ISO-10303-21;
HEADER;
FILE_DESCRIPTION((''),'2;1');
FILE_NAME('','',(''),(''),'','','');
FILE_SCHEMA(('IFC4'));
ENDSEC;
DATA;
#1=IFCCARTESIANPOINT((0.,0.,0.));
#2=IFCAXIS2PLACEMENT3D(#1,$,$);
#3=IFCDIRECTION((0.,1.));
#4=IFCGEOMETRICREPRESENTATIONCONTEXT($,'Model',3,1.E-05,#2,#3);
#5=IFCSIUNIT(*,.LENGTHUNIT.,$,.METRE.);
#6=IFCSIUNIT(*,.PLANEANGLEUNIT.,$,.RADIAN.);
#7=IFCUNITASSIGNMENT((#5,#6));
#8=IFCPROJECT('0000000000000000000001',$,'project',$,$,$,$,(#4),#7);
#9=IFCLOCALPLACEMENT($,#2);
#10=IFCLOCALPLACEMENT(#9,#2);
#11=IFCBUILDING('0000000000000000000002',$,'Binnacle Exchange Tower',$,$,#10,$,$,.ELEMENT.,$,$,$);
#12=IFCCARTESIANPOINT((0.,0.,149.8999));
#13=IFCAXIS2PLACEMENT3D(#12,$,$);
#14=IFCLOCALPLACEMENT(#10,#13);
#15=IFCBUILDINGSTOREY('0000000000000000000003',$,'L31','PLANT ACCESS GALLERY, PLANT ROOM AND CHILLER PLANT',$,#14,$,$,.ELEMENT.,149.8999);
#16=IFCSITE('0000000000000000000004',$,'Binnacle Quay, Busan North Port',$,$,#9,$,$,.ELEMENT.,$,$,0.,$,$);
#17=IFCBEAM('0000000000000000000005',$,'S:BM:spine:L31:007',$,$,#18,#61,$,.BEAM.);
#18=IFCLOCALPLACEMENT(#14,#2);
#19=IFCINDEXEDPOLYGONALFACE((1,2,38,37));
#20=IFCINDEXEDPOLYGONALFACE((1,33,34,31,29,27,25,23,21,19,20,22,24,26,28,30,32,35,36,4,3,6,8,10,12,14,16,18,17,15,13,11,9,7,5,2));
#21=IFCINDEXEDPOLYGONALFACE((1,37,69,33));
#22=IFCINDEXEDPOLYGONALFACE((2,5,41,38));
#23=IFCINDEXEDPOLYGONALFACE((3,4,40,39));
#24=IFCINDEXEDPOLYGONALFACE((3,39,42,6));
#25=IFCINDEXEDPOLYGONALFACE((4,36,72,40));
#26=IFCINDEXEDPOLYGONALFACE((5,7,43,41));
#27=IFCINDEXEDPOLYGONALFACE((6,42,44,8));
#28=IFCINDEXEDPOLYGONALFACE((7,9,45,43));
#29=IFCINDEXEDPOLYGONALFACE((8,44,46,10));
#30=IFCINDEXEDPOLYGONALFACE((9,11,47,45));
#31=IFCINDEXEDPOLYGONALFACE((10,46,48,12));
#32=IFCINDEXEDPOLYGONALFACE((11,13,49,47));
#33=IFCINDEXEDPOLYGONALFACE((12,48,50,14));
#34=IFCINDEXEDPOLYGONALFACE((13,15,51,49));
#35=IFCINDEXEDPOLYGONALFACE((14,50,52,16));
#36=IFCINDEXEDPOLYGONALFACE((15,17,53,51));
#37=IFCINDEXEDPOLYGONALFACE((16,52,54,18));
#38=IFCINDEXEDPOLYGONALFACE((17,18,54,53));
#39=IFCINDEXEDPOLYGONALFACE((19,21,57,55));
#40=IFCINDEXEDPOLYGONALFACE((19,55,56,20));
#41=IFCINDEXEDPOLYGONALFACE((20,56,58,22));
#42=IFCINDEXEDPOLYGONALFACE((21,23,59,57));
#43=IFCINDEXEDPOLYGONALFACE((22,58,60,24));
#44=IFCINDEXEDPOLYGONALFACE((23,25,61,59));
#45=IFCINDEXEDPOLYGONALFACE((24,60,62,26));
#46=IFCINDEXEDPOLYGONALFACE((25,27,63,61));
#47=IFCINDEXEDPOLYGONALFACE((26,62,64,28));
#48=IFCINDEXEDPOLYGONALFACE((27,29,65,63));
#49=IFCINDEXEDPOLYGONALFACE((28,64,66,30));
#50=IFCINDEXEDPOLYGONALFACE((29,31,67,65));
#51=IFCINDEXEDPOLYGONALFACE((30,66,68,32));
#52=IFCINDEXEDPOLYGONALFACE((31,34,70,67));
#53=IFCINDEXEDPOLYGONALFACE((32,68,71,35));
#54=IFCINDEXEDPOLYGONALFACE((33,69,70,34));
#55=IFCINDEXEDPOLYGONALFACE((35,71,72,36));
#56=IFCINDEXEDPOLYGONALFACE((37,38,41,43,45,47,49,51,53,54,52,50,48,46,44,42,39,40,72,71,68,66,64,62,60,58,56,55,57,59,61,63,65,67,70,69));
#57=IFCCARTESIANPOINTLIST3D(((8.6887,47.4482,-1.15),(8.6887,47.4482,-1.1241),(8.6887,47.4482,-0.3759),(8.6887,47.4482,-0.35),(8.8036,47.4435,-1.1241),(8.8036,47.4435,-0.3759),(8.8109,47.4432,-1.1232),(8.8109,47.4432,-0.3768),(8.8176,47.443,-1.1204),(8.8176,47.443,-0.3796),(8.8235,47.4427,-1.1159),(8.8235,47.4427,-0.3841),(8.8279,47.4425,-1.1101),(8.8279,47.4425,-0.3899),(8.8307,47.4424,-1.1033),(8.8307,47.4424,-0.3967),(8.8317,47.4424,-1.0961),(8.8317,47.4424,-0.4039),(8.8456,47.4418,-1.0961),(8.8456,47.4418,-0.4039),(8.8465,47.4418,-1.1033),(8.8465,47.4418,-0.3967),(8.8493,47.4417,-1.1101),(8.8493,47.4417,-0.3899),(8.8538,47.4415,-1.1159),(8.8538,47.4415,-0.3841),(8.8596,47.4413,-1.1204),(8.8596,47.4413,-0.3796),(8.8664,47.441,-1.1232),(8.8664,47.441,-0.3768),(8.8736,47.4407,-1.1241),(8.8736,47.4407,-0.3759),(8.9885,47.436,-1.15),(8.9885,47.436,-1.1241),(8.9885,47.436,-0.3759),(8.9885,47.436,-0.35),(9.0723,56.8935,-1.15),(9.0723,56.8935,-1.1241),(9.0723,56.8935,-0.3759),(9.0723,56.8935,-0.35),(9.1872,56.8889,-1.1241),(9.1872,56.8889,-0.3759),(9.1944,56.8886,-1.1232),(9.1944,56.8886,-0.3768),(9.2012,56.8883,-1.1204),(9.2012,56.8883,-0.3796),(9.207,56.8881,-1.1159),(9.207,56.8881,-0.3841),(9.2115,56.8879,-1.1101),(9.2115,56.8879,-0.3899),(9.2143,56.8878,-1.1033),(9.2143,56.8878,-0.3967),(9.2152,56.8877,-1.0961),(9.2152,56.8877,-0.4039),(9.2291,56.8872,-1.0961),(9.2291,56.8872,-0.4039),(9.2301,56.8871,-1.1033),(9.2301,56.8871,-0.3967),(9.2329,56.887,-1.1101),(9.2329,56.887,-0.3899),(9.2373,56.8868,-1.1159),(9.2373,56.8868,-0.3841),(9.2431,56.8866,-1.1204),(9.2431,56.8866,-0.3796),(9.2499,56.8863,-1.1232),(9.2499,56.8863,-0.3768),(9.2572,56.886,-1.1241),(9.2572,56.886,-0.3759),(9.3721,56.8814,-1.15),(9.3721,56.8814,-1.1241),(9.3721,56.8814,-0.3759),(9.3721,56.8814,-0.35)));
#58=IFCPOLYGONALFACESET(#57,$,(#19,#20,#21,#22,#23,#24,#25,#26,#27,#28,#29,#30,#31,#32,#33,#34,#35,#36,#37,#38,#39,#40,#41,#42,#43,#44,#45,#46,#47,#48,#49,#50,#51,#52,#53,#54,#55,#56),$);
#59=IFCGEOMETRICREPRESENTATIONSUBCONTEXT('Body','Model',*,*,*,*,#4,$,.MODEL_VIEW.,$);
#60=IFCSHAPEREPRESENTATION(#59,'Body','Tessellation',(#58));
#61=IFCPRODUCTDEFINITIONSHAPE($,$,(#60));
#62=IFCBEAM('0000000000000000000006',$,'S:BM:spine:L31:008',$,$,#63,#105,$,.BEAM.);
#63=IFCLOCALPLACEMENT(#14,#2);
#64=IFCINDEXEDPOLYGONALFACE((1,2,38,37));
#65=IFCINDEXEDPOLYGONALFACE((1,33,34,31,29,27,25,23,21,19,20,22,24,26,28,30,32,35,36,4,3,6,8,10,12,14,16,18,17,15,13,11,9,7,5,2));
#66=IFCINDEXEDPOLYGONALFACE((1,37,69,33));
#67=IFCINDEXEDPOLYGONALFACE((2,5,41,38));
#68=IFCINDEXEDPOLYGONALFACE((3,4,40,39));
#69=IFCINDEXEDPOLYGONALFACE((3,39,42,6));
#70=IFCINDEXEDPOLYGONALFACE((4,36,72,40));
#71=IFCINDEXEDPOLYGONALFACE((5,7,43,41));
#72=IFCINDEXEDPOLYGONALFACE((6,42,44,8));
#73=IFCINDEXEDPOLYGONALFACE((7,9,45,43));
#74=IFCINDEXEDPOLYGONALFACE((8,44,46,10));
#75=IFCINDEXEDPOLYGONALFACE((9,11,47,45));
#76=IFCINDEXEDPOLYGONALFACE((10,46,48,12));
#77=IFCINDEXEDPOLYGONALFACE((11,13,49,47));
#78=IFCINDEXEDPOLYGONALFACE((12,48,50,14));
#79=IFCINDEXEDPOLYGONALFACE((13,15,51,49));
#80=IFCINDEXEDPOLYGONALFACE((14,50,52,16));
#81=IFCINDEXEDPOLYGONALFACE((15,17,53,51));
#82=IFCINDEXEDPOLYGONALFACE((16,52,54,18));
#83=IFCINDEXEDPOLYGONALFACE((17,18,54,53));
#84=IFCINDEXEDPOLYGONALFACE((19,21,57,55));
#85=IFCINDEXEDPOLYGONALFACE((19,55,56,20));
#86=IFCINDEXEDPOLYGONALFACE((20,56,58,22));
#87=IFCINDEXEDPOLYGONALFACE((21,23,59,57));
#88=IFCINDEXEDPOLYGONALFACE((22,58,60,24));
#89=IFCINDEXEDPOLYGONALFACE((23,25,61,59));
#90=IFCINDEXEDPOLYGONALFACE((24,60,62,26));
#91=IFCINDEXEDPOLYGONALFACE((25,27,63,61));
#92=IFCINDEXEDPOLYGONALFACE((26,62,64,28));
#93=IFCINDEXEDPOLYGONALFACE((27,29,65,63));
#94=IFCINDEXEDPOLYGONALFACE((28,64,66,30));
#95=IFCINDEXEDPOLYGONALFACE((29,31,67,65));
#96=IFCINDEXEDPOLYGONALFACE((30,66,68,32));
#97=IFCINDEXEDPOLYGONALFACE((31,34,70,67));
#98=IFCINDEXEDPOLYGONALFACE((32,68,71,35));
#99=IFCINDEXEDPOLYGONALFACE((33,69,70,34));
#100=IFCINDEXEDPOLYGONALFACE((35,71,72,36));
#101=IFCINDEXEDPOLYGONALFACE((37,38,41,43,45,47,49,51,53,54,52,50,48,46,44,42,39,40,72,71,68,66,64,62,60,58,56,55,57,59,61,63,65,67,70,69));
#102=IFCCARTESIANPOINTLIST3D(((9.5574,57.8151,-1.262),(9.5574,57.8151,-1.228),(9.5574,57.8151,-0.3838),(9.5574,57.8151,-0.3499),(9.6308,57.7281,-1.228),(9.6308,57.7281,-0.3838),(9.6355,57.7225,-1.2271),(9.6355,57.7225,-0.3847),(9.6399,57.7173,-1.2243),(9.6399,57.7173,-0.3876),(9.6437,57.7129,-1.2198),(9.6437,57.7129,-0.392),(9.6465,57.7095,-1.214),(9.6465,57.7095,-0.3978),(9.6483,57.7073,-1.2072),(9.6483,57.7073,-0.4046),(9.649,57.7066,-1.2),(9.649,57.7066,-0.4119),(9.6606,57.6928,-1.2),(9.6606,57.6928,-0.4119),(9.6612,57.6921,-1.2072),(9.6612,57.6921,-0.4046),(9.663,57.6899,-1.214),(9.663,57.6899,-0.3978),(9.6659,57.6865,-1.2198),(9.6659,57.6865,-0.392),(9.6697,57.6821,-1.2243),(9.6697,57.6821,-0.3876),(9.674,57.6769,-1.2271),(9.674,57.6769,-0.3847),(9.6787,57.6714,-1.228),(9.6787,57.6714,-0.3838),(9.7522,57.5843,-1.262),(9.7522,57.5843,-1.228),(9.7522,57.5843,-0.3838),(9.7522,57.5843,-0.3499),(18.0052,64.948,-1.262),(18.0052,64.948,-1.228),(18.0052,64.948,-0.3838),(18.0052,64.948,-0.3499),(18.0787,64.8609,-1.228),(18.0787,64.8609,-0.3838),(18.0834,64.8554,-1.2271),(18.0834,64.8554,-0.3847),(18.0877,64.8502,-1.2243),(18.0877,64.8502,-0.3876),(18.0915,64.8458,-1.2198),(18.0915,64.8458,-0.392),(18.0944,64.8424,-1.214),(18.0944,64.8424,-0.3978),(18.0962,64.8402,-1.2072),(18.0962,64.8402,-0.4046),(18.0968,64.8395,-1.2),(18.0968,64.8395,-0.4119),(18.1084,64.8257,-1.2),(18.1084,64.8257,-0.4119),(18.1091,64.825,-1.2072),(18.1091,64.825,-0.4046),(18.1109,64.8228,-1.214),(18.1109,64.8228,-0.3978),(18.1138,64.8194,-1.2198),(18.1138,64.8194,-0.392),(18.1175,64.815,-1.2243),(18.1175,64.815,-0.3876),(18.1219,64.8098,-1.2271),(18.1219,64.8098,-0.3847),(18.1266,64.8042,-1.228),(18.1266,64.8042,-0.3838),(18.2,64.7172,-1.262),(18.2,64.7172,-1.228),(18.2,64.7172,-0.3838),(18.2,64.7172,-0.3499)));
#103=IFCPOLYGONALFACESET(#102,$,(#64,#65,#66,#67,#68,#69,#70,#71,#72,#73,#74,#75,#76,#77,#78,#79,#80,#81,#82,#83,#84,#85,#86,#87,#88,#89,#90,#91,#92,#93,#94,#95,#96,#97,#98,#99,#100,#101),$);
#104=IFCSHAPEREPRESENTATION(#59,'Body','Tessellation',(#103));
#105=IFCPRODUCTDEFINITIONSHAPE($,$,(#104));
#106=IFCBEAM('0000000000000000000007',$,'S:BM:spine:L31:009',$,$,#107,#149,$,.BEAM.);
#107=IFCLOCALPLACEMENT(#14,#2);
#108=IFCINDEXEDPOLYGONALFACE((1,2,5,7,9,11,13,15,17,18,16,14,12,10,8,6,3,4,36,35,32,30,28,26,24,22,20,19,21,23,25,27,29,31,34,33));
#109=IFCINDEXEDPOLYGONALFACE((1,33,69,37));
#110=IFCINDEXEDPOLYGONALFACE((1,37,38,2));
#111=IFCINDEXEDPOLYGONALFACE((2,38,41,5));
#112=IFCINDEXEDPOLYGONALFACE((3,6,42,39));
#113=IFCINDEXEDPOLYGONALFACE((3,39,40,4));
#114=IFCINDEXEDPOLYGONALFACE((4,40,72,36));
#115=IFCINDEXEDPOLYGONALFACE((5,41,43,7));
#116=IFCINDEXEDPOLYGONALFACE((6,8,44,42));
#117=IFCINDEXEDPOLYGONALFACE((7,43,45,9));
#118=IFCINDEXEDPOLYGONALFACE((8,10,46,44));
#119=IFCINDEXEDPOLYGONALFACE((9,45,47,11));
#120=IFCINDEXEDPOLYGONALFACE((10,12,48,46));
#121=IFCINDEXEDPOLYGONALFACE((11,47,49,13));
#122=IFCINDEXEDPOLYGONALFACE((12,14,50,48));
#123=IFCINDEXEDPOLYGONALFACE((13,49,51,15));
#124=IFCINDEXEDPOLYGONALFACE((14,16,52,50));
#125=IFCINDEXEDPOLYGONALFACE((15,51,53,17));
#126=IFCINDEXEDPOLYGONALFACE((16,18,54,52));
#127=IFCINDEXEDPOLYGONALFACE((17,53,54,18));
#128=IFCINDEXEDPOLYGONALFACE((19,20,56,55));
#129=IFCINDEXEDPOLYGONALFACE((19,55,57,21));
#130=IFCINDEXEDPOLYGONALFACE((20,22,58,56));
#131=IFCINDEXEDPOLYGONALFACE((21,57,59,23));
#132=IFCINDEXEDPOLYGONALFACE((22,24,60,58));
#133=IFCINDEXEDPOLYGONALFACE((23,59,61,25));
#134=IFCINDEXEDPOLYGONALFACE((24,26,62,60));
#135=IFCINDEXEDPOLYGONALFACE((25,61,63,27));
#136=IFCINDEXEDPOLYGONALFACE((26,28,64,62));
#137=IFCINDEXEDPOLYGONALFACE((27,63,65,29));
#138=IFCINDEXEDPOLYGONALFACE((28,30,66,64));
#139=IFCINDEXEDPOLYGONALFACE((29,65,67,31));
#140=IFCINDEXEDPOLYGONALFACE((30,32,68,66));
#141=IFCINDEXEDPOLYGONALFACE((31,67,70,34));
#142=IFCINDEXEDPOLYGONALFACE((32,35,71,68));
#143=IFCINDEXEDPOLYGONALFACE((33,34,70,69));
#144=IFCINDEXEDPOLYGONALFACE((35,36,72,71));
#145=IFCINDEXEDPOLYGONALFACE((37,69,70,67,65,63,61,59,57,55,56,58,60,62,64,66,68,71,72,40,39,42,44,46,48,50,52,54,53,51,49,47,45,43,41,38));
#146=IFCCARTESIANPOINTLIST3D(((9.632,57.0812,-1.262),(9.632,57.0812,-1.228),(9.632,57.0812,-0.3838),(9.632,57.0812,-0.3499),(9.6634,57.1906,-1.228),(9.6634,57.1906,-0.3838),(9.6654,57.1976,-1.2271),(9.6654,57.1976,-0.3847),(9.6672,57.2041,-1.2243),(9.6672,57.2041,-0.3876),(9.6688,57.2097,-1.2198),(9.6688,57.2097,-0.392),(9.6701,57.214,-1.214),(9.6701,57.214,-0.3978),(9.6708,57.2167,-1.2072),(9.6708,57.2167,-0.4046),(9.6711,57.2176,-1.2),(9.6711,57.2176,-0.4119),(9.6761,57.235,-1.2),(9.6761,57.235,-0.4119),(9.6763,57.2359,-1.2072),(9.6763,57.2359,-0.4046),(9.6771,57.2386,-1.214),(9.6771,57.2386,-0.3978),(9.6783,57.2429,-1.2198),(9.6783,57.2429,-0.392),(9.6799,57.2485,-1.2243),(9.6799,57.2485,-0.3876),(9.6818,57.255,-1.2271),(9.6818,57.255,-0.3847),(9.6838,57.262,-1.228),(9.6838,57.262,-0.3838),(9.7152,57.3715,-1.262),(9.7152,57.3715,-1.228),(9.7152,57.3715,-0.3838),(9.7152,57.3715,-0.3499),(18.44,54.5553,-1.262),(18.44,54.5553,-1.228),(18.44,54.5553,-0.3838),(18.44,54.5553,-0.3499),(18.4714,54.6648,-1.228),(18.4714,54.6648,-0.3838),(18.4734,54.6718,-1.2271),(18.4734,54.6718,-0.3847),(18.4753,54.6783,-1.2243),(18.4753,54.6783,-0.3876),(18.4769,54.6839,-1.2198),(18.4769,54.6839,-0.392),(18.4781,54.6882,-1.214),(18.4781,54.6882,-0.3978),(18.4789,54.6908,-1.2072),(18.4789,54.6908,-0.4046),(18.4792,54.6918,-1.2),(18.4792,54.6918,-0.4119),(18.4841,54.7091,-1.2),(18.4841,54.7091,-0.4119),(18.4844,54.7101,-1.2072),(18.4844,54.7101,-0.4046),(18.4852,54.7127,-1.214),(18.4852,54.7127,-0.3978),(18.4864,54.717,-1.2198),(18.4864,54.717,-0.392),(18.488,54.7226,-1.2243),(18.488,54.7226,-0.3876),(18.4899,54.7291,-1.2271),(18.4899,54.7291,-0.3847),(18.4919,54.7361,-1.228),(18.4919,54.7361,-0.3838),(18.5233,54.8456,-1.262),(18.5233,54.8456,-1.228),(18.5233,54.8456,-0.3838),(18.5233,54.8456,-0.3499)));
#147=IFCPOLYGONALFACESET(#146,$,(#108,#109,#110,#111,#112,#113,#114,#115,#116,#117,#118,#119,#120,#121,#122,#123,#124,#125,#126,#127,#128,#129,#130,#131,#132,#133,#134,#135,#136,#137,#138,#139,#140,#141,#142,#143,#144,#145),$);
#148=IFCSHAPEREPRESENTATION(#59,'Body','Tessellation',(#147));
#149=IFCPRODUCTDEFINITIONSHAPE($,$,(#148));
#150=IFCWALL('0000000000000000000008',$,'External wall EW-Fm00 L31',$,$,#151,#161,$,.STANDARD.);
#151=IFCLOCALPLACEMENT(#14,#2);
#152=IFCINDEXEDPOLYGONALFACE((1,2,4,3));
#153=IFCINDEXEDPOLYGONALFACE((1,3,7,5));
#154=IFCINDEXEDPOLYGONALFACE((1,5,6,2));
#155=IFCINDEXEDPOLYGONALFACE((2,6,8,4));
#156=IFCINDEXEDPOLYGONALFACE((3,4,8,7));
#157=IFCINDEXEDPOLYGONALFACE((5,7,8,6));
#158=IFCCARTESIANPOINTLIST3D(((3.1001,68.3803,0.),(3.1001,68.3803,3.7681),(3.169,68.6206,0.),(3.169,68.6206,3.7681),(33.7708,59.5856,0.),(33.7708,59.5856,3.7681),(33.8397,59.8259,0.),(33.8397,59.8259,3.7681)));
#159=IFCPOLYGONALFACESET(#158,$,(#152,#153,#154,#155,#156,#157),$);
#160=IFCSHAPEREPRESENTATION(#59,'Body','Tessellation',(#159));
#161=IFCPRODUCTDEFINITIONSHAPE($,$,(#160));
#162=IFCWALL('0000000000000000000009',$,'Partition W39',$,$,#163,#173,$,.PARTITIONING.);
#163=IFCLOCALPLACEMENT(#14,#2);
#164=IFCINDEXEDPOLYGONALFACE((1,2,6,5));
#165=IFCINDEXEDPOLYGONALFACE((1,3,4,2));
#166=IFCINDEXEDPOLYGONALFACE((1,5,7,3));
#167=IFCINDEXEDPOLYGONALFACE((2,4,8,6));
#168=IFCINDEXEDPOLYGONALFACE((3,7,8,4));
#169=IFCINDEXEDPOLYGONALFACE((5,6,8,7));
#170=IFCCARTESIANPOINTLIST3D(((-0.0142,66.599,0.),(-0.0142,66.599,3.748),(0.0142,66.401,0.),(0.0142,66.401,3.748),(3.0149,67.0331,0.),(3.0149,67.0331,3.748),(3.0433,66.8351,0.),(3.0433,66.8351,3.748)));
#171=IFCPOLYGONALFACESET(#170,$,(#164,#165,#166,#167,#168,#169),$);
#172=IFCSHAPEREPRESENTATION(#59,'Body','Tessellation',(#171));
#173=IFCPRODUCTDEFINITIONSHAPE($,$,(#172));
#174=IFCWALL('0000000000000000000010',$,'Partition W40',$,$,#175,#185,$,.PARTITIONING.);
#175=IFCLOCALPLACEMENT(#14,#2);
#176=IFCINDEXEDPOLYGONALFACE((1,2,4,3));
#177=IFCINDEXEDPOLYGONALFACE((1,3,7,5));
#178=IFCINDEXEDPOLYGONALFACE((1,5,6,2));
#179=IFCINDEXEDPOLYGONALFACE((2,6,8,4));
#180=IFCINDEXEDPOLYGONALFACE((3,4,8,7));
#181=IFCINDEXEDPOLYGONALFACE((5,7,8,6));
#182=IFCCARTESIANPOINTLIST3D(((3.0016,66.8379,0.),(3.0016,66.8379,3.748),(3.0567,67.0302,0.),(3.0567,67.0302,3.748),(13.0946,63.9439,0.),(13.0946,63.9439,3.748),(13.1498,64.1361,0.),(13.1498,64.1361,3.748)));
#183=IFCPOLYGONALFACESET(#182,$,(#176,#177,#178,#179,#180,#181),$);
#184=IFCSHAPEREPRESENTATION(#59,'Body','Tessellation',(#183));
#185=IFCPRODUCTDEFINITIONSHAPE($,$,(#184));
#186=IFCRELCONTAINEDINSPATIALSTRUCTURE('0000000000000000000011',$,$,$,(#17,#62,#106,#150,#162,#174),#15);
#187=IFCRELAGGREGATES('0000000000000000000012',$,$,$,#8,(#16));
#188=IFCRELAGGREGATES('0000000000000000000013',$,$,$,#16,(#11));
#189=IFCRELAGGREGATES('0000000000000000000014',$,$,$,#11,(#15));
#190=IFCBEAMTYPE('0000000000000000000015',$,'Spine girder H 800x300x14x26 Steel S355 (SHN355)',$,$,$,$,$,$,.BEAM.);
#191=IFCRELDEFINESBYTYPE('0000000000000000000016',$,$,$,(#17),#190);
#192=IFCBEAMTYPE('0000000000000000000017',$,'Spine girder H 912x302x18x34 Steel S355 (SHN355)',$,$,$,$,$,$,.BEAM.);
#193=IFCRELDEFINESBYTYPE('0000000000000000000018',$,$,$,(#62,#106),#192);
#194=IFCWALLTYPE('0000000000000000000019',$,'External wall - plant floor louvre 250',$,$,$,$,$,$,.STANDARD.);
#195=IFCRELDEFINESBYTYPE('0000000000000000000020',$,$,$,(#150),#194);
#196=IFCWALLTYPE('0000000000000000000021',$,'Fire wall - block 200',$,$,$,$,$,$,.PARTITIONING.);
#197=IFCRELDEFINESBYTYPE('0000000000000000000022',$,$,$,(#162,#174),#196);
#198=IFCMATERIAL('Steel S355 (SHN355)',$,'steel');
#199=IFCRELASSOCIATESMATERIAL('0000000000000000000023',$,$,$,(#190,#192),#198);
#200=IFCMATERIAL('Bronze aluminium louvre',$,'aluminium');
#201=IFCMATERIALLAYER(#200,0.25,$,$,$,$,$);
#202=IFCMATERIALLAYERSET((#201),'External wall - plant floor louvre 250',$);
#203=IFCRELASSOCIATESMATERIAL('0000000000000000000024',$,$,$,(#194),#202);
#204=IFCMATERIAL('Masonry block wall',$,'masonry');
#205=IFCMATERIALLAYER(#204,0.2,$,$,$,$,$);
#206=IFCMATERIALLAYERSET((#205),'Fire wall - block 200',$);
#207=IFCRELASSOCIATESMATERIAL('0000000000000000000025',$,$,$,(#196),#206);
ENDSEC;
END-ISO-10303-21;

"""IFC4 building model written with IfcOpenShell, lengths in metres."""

from ifc_helpers import new_model, si_unit, direction, frame, frame_2d, origin, origin_2d, place, context, subcontext, project, spatial, rectangle, i_section, extrude, material, layer, layer_set, material_profile, profile_set, type_object, element, save


model = new_model("IFC4")

# Units and contexts
model_context = context("Model", 3, precision=1e-05, world=origin(), true_north=direction((0.0, 1.0)))
body_context = subcontext(model_context, "Body", "Model", "MODEL_VIEW")
ifc_project = project(units=[si_unit("LENGTHUNIT", "METRE"), si_unit("PLANEANGLEUNIT", "RADIAN")], contexts=[model_context])

# Site, building, storey
site_placement = place(None, origin())
site = spatial("IfcSite", under=ifc_project, at=site_placement, Name="Binnacle Quay, Busan North Port", CompositionType="ELEMENT", RefElevation=0.0)
building_placement = place(site_placement, origin())
building = spatial("IfcBuilding", under=site, at=building_placement, Name="Binnacle Exchange Tower", CompositionType="ELEMENT")
storey_placement = place(building_placement, frame((0.0, 0.0, 149.8999)))
storey = spatial("IfcBuildingStorey", under=building, at=storey_placement, Name="L31", Description="PLANT ACCESS GALLERY, PLANT ROOM AND CHILLER PLANT", CompositionType="ELEMENT", Elevation=149.8999)

# Shared definitions
ifc_material_1 = material(Name="Steel S355 (SHN355)", Category="steel")

# Beams
ifc_material_profile_1 = material_profile(ifc_material_1, i_section(OverallWidth=0.3, OverallDepth=0.8, WebThickness=0.0139, FlangeThickness=0.0259, FilletRadius=0.0281, at=origin_2d()), Name="H 800x300x14x26")
ifc_profile_set_1 = profile_set([ifc_material_profile_1], Name="Steel S355 (SHN355)")
beam_type_1 = type_object("IfcBeamType", Name="Spine girder H 800x300x14x26 Steel S355 (SHN355)", PredefinedType="BEAM", material=ifc_profile_set_1)
beam_1_placement = place(storey_placement, frame((9.2222, 56.8875, -0.75), z_axis=(-0.040573, -0.999177, 0.0), x_axis=(0.999177, -0.040573, 0.0)))
element("IfcBeam", 1, at=beam_1_placement, inside=storey, type_object=beam_type_1, Name="S:BM:spine:L31:007", PredefinedType="BEAM", context=body_context, shape_type="SweptSolid", body=[
    extrude(i_section(OverallWidth=0.3, OverallDepth=0.8, WebThickness=0.0139, FlangeThickness=0.0259, FilletRadius=0.0281, at=origin_2d()), origin(), (0.0, 0.0, 1.0), 9.4531),
])
ifc_material_profile_2 = material_profile(ifc_material_1, i_section(OverallWidth=0.302, OverallDepth=0.9121, WebThickness=0.0181, FlangeThickness=0.0339, FilletRadius=0.0281, at=origin_2d()), Name="H 912x302x18x34")
ifc_profile_set_2 = profile_set([ifc_material_profile_2], Name="Steel S355 (SHN355)")
beam_type_2 = type_object("IfcBeamType", Name="Spine girder H 912x302x18x34 Steel S355 (SHN355)", PredefinedType="BEAM", material=ifc_profile_set_2)
beam_2_placement = place(storey_placement, frame((9.6548, 57.6997, -0.8059), z_axis=(0.764068, 0.645136, 0.0), x_axis=(-0.645136, 0.764068, 0.0)))
element("IfcBeam", 2, at=beam_2_placement, inside=storey, type_object=beam_type_2, Name="S:BM:spine:L31:008", PredefinedType="BEAM", context=body_context, shape_type="SweptSolid", body=[
    extrude(i_section(OverallWidth=0.302, OverallDepth=0.9121, WebThickness=0.0181, FlangeThickness=0.0339, FilletRadius=0.0281, at=origin_2d()), origin(), (0.0, 0.0, 1.0), 11.0564),
])
beam_3_placement = place(storey_placement, frame((9.6736, 57.2263, -0.8059), z_axis=(0.961256, -0.275657, 0.0), x_axis=(0.275657, 0.961256, 0.0)))
element("IfcBeam", 3, at=beam_3_placement, inside=storey, type_object=beam_type_2, Name="S:BM:spine:L31:009", PredefinedType="BEAM", context=body_context, shape_type="SweptSolid", body=[
    extrude(i_section(OverallWidth=0.302, OverallDepth=0.9121, WebThickness=0.0181, FlangeThickness=0.0339, FilletRadius=0.0281, at=origin_2d()), origin(), (0.0, 0.0, 1.0), 9.1631),
])

# Walls
ifc_material_2 = material(Name="Bronze aluminium louvre", Category="aluminium")
ifc_layer_1 = layer(ifc_material_2, 0.25)
ifc_layer_set_1 = layer_set([ifc_layer_1], Name="External wall - plant floor louvre 250")
wall_type_1 = type_object("IfcWallType", Name="External wall - plant floor louvre 250", PredefinedType="STANDARD", material=ifc_layer_set_1)
wall_1_placement = place(storey_placement, frame((3.1345, 68.5005, 0.0), z_axis=(0.0, 0.0, 1.0), x_axis=(0.961262, -0.275638, 0.0)))
element("IfcWall", 4, at=wall_1_placement, inside=storey, type_object=wall_type_1, Name="External wall EW-Fm00 L31", PredefinedType="STANDARD", context=body_context, shape_type="SweptSolid", body=[
    extrude(rectangle(XDim=31.9067, YDim=0.25, at=frame_2d((15.9534, 0.0))), origin(), (0.0, 0.0, 1.0), 3.7681),
])
ifc_material_3 = material(Name="Masonry block wall", Category="masonry")
ifc_layer_2 = layer(ifc_material_3, 0.2)
ifc_layer_set_2 = layer_set([ifc_layer_2], Name="Fire wall - block 200")
wall_type_2 = type_object("IfcWallType", Name="Fire wall - block 200", PredefinedType="PARTITIONING", material=ifc_layer_set_2)
wall_2_placement = place(storey_placement, frame((0.0, 66.5, 0.0), z_axis=(0.0, 0.0, 1.0), x_axis=(0.989887, 0.141857, 0.0)))
element("IfcWall", 5, at=wall_2_placement, inside=storey, type_object=wall_type_2, Name="Partition W39", PredefinedType="PARTITIONING", context=body_context, shape_type="SweptSolid", body=[
    extrude(rectangle(XDim=3.0601, YDim=0.2, at=frame_2d((1.53, 0.0))), origin(), (0.0, 0.0, 1.0), 3.748),
])
wall_3_placement = place(storey_placement, frame((3.0291, 66.9341, 0.0), z_axis=(0.0, 0.0, 1.0), x_axis=(0.961264, -0.27563, 0.0)))
element("IfcWall", 6, at=wall_3_placement, inside=storey, type_object=wall_type_2, Name="Partition W40", PredefinedType="PARTITIONING", context=body_context, shape_type="SweptSolid", body=[
    extrude(rectangle(XDim=10.4998, YDim=0.2, at=frame_2d((5.25, 0.0))), origin(), (0.0, 0.0, 1.0), 3.748),
])

save(model, "model.ifc")
